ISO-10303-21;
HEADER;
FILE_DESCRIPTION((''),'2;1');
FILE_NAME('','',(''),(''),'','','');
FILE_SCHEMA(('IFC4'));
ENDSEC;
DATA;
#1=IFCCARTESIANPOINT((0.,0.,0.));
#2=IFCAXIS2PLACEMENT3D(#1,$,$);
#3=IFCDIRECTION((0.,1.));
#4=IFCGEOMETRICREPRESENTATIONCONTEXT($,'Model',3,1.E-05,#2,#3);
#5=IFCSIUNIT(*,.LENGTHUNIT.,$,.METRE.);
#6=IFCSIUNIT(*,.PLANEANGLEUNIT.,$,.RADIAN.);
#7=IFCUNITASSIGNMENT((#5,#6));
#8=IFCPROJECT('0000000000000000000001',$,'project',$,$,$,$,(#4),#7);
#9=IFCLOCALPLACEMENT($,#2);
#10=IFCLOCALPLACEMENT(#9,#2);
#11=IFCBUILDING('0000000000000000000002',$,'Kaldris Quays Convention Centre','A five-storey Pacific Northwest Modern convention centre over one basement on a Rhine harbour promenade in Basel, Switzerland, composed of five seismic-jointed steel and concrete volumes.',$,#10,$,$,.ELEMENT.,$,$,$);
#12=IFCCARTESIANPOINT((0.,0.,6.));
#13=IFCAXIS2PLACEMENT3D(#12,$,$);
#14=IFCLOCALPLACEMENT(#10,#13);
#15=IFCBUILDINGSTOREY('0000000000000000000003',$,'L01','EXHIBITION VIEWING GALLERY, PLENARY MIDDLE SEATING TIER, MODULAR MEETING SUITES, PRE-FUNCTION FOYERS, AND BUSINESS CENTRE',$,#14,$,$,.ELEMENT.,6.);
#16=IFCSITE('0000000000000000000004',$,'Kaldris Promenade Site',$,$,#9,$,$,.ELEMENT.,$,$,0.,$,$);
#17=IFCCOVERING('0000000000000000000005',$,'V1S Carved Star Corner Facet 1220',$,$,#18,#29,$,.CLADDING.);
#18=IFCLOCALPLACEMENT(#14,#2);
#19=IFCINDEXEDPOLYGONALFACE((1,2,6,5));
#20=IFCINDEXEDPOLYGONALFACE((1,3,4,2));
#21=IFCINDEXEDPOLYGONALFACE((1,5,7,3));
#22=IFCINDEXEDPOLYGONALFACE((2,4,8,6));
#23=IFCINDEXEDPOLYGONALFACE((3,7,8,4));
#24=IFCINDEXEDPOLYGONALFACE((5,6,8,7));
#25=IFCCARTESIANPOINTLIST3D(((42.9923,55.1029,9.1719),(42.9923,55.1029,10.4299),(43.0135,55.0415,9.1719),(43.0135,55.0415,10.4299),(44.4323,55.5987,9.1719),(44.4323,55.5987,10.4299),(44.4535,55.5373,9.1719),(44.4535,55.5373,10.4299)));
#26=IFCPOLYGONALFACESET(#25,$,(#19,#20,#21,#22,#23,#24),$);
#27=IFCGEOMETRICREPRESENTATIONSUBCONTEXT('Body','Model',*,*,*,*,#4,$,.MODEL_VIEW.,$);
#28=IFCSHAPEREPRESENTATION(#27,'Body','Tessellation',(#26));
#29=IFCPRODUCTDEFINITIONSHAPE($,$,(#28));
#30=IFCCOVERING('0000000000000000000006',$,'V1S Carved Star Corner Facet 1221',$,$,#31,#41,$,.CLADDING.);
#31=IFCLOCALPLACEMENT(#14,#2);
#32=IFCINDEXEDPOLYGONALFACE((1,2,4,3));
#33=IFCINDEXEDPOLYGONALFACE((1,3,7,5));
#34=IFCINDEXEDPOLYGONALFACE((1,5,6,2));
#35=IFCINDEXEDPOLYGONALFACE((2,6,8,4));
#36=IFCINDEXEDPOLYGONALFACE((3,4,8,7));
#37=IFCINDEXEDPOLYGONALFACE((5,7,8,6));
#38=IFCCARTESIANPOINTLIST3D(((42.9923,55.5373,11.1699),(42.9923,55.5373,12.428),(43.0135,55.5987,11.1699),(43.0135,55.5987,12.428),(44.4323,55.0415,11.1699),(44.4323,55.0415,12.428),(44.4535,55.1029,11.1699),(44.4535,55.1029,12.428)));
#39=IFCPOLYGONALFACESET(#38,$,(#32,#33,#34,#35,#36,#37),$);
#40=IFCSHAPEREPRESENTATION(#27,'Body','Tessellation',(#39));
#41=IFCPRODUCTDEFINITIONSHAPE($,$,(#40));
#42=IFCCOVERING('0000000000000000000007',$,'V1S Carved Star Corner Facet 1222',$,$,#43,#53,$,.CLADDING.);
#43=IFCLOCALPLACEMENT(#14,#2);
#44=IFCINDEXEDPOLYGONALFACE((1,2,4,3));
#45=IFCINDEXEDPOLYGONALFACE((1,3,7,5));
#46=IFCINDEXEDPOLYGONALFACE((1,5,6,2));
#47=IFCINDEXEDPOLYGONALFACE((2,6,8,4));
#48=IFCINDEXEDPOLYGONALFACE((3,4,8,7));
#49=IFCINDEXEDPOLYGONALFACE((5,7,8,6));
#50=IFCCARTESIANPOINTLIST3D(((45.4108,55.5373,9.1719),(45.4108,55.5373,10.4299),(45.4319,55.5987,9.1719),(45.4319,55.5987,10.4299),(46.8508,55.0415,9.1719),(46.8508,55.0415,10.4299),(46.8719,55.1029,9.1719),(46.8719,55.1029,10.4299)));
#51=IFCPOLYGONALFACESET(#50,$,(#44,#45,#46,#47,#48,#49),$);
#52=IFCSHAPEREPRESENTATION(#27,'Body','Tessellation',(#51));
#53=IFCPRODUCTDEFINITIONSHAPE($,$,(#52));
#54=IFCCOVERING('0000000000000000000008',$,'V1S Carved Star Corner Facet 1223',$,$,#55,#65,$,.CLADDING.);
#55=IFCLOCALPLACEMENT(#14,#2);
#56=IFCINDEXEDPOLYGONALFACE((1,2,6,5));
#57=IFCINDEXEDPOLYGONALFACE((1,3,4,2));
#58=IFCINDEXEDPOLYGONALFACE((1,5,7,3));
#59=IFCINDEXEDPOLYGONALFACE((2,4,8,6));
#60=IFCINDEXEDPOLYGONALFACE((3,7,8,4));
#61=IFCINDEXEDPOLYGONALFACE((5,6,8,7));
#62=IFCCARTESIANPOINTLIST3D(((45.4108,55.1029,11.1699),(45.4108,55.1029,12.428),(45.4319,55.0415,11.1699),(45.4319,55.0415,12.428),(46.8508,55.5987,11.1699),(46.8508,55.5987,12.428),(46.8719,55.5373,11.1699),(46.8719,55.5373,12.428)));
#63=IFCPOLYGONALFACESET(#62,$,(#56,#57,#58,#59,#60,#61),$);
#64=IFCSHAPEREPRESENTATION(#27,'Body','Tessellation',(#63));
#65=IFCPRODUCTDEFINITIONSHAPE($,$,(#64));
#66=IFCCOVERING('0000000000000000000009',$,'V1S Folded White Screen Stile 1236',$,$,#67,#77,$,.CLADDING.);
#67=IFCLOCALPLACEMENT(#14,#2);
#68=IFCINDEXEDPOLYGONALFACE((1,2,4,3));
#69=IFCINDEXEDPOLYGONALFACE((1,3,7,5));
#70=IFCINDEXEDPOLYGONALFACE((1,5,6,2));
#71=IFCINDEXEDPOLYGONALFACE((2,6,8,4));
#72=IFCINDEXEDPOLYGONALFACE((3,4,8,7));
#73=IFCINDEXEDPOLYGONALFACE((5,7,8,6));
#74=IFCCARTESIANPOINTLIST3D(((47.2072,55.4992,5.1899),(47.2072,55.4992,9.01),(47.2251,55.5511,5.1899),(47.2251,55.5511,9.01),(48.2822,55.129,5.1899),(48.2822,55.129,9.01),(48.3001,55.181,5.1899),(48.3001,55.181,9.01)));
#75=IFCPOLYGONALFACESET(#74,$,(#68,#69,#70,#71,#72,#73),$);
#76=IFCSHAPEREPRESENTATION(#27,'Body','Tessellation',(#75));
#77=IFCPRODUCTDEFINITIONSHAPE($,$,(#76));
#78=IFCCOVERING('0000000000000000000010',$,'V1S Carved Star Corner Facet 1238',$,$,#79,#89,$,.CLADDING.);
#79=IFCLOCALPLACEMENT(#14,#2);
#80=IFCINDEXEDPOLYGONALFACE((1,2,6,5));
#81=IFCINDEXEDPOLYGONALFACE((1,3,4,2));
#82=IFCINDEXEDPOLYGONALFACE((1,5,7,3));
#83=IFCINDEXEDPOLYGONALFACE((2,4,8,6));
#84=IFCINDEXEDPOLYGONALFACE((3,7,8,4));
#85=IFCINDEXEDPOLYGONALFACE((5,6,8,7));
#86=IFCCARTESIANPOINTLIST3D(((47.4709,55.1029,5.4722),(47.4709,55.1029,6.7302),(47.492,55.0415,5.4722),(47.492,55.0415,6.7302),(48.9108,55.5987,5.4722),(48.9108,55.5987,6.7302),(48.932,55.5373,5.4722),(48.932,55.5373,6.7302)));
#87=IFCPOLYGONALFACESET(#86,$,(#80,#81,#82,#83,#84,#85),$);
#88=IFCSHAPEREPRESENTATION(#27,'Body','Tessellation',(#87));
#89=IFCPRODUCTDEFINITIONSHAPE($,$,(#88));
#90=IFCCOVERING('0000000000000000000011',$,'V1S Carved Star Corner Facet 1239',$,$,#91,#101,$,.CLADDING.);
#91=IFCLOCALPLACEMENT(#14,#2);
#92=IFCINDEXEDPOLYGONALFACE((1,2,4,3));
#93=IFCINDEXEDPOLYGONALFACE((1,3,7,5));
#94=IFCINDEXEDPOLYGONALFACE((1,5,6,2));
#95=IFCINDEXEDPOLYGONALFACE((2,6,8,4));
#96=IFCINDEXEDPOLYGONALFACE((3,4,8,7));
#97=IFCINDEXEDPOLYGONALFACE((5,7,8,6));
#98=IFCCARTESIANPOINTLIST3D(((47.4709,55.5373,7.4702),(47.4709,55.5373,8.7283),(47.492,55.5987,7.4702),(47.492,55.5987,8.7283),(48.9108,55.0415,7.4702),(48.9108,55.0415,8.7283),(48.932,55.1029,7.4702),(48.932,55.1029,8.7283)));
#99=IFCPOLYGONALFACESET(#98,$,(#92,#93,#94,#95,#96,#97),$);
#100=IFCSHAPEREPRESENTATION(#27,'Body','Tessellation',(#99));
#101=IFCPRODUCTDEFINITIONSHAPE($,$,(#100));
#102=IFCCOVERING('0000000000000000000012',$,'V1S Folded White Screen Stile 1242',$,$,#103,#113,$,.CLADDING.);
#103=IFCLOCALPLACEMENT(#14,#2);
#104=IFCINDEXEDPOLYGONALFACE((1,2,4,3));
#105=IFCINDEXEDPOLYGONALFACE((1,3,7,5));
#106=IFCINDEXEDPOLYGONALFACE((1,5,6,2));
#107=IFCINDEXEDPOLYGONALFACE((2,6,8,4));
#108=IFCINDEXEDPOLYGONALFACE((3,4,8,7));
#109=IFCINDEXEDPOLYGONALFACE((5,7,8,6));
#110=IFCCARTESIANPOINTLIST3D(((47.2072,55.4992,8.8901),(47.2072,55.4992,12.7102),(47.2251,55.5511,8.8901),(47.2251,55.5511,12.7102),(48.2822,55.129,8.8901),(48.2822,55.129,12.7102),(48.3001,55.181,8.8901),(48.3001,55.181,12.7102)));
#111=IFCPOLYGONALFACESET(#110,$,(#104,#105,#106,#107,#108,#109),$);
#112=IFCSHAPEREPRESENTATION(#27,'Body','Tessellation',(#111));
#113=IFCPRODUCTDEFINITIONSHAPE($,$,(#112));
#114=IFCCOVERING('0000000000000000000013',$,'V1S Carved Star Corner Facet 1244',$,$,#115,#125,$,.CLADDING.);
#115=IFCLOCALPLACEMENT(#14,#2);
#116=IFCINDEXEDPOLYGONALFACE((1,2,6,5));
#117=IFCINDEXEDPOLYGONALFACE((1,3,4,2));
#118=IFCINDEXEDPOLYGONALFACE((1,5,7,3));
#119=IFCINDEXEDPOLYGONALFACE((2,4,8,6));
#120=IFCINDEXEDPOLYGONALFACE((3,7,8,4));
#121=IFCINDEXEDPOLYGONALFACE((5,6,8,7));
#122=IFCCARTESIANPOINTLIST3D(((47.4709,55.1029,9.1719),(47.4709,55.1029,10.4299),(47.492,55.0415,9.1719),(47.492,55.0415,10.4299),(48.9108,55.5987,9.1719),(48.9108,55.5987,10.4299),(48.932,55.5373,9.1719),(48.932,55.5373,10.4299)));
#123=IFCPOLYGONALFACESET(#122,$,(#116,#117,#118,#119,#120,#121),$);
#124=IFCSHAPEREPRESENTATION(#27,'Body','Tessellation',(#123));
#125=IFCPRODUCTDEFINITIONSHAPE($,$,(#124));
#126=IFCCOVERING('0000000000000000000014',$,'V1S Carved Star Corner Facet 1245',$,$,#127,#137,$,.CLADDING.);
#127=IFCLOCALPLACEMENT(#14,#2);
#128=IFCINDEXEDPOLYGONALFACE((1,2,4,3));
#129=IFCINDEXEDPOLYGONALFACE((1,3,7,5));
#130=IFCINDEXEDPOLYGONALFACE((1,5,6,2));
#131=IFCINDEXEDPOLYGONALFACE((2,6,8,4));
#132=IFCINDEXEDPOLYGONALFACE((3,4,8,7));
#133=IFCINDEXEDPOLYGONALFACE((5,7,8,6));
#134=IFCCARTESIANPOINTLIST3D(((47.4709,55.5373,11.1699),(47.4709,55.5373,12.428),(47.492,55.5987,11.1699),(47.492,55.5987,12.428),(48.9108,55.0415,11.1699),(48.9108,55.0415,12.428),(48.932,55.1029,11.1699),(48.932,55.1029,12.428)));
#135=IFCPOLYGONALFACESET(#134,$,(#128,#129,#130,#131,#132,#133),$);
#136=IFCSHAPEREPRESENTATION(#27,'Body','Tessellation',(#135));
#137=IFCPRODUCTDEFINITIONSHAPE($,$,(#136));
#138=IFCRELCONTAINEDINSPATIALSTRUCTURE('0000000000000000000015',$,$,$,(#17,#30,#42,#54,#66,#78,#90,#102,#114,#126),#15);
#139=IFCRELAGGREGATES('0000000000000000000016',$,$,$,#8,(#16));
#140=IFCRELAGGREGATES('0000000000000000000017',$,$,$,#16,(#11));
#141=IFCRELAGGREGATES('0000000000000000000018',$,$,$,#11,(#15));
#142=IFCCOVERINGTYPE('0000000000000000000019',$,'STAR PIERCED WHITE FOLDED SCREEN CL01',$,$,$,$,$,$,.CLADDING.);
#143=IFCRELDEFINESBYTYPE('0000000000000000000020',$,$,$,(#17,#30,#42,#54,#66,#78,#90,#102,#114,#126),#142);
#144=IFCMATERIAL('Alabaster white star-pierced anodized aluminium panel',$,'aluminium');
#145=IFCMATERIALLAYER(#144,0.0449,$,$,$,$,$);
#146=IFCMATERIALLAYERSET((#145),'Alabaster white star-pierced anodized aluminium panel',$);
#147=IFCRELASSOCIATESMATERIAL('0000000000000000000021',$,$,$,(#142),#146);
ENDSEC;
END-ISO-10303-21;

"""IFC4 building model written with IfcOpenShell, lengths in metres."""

from ifc_helpers import new_model, si_unit, direction, frame, origin, origin_2d, place, context, subcontext, project, spatial, rectangle, extrude, material, layer, layer_set, type_object, element, save


model = new_model("IFC4")

# Units and contexts
model_context = context("Model", 3, precision=1e-05, world=origin(), true_north=direction((0.0, 1.0)))
body_context = subcontext(model_context, "Body", "Model", "MODEL_VIEW")
ifc_project = project(units=[si_unit("LENGTHUNIT", "METRE"), si_unit("PLANEANGLEUNIT", "RADIAN")], contexts=[model_context])

# Site, building, storey
site_placement = place(None, origin())
site = spatial("IfcSite", under=ifc_project, at=site_placement, Name="Kaldris Promenade Site", CompositionType="ELEMENT", RefElevation=0.0)
building_placement = place(site_placement, origin())
building = spatial("IfcBuilding", under=site, at=building_placement, Name="Kaldris Quays Convention Centre", Description="A five-storey Pacific Northwest Modern convention centre over one basement on a Rhine harbour promenade in Basel, Switzerland, composed of five seismic-jointed steel and concrete volumes.", CompositionType="ELEMENT")
storey_placement = place(building_placement, frame((0.0, 0.0, 6.0)))
storey = spatial("IfcBuildingStorey", under=building, at=storey_placement, Name="L01", Description="EXHIBITION VIEWING GALLERY, PLENARY MIDDLE SEATING TIER, MODULAR MEETING SUITES, PRE-FUNCTION FOYERS, AND BUSINESS CENTRE", CompositionType="ELEMENT", Elevation=6.0)

# Coverings
ifc_material_1 = material(Name="Alabaster white star-pierced anodized aluminium panel", Category="aluminium")
ifc_layer = layer(ifc_material_1, 0.0449)
ifc_layer_set = layer_set([ifc_layer], Name="Alabaster white star-pierced anodized aluminium panel")
covering_type = type_object("IfcCoveringType", Name="STAR PIERCED WHITE FOLDED SCREEN CL01", PredefinedType="CLADDING", material=ifc_layer_set)
for number, where, z_axis, x_axis, name in (
    (1, (43.7229, 55.3201, 9.1719), (0.0, 0.0, 1.0), (0.945519, 0.325568, 0.0), "V1S Carved Star Corner Facet 1220"),
    (2, (43.7229, 55.3201, 11.1699), (0.0, 0.0, 1.0), (0.945519, -0.325568, 0.0), "V1S Carved Star Corner Facet 1221"),
    (3, (46.1414, 55.3201, 9.1719), (0.0, 0.0, 1.0), (0.945519, -0.325568, 0.0), "V1S Carved Star Corner Facet 1222"),
    (4, (46.1414, 55.3201, 11.1699), (0.0, 0.0, 1.0), (0.945519, 0.325568, 0.0), "V1S Carved Star Corner Facet 1223"),
):
    element("IfcCovering", number, at=place(storey_placement, frame(where, z_axis=z_axis, x_axis=x_axis)), inside=storey, type_object=covering_type, Name=name, PredefinedType="CLADDING", context=body_context, shape_type="SweptSolid", body=[
        extrude(rectangle(XDim=1.5229, YDim=0.0649, at=origin_2d()), origin(), (0.0, 0.0, 1.0), 1.2581),
    ])
covering_1_placement = place(storey_placement, frame((47.7537, 55.3401, 5.1899), z_axis=(0.0, 0.0, 1.0), x_axis=(0.945519, -0.325568, 0.0)))
element("IfcCovering", 5, at=covering_1_placement, inside=storey, type_object=covering_type, Name="V1S Folded White Screen Stile 1236", PredefinedType="CLADDING", context=body_context, shape_type="SweptSolid", body=[
    extrude(rectangle(XDim=1.137, YDim=0.0549, at=origin_2d()), origin(), (0.0, 0.0, 1.0), 3.8201),
])
for number, where, z_axis, x_axis, name in (
    (6, (48.2014, 55.3201, 5.4722), (0.0, 0.0, 1.0), (0.945519, 0.325568, 0.0), "V1S Carved Star Corner Facet 1238"),
    (7, (48.2014, 55.3201, 7.4702), (0.0, 0.0, 1.0), (0.945519, -0.325568, 0.0), "V1S Carved Star Corner Facet 1239"),
):
    element("IfcCovering", number, at=place(storey_placement, frame(where, z_axis=z_axis, x_axis=x_axis)), inside=storey, type_object=covering_type, Name=name, PredefinedType="CLADDING", context=body_context, shape_type="SweptSolid", body=[
        extrude(rectangle(XDim=1.5229, YDim=0.0649, at=origin_2d()), origin(), (0.0, 0.0, 1.0), 1.2581),
    ])
covering_2_placement = place(storey_placement, frame((47.7537, 55.3401, 8.8901), z_axis=(0.0, 0.0, 1.0), x_axis=(0.945519, -0.325568, 0.0)))
element("IfcCovering", 8, at=covering_2_placement, inside=storey, type_object=covering_type, Name="V1S Folded White Screen Stile 1242", PredefinedType="CLADDING", context=body_context, shape_type="SweptSolid", body=[
    extrude(rectangle(XDim=1.137, YDim=0.0549, at=origin_2d()), origin(), (0.0, 0.0, 1.0), 3.8201),
])
for number, where, z_axis, x_axis, name in (
    (9, (48.2014, 55.3201, 9.1719), (0.0, 0.0, 1.0), (0.945519, 0.325568, 0.0), "V1S Carved Star Corner Facet 1244"),
    (10, (48.2014, 55.3201, 11.1699), (0.0, 0.0, 1.0), (0.945519, -0.325568, 0.0), "V1S Carved Star Corner Facet 1245"),
):
    element("IfcCovering", number, at=place(storey_placement, frame(where, z_axis=z_axis, x_axis=x_axis)), inside=storey, type_object=covering_type, Name=name, PredefinedType="CLADDING", context=body_context, shape_type="SweptSolid", body=[
        extrude(rectangle(XDim=1.5229, YDim=0.0649, at=origin_2d()), origin(), (0.0, 0.0, 1.0), 1.2581),
    ])

save(model, "model.ifc")
